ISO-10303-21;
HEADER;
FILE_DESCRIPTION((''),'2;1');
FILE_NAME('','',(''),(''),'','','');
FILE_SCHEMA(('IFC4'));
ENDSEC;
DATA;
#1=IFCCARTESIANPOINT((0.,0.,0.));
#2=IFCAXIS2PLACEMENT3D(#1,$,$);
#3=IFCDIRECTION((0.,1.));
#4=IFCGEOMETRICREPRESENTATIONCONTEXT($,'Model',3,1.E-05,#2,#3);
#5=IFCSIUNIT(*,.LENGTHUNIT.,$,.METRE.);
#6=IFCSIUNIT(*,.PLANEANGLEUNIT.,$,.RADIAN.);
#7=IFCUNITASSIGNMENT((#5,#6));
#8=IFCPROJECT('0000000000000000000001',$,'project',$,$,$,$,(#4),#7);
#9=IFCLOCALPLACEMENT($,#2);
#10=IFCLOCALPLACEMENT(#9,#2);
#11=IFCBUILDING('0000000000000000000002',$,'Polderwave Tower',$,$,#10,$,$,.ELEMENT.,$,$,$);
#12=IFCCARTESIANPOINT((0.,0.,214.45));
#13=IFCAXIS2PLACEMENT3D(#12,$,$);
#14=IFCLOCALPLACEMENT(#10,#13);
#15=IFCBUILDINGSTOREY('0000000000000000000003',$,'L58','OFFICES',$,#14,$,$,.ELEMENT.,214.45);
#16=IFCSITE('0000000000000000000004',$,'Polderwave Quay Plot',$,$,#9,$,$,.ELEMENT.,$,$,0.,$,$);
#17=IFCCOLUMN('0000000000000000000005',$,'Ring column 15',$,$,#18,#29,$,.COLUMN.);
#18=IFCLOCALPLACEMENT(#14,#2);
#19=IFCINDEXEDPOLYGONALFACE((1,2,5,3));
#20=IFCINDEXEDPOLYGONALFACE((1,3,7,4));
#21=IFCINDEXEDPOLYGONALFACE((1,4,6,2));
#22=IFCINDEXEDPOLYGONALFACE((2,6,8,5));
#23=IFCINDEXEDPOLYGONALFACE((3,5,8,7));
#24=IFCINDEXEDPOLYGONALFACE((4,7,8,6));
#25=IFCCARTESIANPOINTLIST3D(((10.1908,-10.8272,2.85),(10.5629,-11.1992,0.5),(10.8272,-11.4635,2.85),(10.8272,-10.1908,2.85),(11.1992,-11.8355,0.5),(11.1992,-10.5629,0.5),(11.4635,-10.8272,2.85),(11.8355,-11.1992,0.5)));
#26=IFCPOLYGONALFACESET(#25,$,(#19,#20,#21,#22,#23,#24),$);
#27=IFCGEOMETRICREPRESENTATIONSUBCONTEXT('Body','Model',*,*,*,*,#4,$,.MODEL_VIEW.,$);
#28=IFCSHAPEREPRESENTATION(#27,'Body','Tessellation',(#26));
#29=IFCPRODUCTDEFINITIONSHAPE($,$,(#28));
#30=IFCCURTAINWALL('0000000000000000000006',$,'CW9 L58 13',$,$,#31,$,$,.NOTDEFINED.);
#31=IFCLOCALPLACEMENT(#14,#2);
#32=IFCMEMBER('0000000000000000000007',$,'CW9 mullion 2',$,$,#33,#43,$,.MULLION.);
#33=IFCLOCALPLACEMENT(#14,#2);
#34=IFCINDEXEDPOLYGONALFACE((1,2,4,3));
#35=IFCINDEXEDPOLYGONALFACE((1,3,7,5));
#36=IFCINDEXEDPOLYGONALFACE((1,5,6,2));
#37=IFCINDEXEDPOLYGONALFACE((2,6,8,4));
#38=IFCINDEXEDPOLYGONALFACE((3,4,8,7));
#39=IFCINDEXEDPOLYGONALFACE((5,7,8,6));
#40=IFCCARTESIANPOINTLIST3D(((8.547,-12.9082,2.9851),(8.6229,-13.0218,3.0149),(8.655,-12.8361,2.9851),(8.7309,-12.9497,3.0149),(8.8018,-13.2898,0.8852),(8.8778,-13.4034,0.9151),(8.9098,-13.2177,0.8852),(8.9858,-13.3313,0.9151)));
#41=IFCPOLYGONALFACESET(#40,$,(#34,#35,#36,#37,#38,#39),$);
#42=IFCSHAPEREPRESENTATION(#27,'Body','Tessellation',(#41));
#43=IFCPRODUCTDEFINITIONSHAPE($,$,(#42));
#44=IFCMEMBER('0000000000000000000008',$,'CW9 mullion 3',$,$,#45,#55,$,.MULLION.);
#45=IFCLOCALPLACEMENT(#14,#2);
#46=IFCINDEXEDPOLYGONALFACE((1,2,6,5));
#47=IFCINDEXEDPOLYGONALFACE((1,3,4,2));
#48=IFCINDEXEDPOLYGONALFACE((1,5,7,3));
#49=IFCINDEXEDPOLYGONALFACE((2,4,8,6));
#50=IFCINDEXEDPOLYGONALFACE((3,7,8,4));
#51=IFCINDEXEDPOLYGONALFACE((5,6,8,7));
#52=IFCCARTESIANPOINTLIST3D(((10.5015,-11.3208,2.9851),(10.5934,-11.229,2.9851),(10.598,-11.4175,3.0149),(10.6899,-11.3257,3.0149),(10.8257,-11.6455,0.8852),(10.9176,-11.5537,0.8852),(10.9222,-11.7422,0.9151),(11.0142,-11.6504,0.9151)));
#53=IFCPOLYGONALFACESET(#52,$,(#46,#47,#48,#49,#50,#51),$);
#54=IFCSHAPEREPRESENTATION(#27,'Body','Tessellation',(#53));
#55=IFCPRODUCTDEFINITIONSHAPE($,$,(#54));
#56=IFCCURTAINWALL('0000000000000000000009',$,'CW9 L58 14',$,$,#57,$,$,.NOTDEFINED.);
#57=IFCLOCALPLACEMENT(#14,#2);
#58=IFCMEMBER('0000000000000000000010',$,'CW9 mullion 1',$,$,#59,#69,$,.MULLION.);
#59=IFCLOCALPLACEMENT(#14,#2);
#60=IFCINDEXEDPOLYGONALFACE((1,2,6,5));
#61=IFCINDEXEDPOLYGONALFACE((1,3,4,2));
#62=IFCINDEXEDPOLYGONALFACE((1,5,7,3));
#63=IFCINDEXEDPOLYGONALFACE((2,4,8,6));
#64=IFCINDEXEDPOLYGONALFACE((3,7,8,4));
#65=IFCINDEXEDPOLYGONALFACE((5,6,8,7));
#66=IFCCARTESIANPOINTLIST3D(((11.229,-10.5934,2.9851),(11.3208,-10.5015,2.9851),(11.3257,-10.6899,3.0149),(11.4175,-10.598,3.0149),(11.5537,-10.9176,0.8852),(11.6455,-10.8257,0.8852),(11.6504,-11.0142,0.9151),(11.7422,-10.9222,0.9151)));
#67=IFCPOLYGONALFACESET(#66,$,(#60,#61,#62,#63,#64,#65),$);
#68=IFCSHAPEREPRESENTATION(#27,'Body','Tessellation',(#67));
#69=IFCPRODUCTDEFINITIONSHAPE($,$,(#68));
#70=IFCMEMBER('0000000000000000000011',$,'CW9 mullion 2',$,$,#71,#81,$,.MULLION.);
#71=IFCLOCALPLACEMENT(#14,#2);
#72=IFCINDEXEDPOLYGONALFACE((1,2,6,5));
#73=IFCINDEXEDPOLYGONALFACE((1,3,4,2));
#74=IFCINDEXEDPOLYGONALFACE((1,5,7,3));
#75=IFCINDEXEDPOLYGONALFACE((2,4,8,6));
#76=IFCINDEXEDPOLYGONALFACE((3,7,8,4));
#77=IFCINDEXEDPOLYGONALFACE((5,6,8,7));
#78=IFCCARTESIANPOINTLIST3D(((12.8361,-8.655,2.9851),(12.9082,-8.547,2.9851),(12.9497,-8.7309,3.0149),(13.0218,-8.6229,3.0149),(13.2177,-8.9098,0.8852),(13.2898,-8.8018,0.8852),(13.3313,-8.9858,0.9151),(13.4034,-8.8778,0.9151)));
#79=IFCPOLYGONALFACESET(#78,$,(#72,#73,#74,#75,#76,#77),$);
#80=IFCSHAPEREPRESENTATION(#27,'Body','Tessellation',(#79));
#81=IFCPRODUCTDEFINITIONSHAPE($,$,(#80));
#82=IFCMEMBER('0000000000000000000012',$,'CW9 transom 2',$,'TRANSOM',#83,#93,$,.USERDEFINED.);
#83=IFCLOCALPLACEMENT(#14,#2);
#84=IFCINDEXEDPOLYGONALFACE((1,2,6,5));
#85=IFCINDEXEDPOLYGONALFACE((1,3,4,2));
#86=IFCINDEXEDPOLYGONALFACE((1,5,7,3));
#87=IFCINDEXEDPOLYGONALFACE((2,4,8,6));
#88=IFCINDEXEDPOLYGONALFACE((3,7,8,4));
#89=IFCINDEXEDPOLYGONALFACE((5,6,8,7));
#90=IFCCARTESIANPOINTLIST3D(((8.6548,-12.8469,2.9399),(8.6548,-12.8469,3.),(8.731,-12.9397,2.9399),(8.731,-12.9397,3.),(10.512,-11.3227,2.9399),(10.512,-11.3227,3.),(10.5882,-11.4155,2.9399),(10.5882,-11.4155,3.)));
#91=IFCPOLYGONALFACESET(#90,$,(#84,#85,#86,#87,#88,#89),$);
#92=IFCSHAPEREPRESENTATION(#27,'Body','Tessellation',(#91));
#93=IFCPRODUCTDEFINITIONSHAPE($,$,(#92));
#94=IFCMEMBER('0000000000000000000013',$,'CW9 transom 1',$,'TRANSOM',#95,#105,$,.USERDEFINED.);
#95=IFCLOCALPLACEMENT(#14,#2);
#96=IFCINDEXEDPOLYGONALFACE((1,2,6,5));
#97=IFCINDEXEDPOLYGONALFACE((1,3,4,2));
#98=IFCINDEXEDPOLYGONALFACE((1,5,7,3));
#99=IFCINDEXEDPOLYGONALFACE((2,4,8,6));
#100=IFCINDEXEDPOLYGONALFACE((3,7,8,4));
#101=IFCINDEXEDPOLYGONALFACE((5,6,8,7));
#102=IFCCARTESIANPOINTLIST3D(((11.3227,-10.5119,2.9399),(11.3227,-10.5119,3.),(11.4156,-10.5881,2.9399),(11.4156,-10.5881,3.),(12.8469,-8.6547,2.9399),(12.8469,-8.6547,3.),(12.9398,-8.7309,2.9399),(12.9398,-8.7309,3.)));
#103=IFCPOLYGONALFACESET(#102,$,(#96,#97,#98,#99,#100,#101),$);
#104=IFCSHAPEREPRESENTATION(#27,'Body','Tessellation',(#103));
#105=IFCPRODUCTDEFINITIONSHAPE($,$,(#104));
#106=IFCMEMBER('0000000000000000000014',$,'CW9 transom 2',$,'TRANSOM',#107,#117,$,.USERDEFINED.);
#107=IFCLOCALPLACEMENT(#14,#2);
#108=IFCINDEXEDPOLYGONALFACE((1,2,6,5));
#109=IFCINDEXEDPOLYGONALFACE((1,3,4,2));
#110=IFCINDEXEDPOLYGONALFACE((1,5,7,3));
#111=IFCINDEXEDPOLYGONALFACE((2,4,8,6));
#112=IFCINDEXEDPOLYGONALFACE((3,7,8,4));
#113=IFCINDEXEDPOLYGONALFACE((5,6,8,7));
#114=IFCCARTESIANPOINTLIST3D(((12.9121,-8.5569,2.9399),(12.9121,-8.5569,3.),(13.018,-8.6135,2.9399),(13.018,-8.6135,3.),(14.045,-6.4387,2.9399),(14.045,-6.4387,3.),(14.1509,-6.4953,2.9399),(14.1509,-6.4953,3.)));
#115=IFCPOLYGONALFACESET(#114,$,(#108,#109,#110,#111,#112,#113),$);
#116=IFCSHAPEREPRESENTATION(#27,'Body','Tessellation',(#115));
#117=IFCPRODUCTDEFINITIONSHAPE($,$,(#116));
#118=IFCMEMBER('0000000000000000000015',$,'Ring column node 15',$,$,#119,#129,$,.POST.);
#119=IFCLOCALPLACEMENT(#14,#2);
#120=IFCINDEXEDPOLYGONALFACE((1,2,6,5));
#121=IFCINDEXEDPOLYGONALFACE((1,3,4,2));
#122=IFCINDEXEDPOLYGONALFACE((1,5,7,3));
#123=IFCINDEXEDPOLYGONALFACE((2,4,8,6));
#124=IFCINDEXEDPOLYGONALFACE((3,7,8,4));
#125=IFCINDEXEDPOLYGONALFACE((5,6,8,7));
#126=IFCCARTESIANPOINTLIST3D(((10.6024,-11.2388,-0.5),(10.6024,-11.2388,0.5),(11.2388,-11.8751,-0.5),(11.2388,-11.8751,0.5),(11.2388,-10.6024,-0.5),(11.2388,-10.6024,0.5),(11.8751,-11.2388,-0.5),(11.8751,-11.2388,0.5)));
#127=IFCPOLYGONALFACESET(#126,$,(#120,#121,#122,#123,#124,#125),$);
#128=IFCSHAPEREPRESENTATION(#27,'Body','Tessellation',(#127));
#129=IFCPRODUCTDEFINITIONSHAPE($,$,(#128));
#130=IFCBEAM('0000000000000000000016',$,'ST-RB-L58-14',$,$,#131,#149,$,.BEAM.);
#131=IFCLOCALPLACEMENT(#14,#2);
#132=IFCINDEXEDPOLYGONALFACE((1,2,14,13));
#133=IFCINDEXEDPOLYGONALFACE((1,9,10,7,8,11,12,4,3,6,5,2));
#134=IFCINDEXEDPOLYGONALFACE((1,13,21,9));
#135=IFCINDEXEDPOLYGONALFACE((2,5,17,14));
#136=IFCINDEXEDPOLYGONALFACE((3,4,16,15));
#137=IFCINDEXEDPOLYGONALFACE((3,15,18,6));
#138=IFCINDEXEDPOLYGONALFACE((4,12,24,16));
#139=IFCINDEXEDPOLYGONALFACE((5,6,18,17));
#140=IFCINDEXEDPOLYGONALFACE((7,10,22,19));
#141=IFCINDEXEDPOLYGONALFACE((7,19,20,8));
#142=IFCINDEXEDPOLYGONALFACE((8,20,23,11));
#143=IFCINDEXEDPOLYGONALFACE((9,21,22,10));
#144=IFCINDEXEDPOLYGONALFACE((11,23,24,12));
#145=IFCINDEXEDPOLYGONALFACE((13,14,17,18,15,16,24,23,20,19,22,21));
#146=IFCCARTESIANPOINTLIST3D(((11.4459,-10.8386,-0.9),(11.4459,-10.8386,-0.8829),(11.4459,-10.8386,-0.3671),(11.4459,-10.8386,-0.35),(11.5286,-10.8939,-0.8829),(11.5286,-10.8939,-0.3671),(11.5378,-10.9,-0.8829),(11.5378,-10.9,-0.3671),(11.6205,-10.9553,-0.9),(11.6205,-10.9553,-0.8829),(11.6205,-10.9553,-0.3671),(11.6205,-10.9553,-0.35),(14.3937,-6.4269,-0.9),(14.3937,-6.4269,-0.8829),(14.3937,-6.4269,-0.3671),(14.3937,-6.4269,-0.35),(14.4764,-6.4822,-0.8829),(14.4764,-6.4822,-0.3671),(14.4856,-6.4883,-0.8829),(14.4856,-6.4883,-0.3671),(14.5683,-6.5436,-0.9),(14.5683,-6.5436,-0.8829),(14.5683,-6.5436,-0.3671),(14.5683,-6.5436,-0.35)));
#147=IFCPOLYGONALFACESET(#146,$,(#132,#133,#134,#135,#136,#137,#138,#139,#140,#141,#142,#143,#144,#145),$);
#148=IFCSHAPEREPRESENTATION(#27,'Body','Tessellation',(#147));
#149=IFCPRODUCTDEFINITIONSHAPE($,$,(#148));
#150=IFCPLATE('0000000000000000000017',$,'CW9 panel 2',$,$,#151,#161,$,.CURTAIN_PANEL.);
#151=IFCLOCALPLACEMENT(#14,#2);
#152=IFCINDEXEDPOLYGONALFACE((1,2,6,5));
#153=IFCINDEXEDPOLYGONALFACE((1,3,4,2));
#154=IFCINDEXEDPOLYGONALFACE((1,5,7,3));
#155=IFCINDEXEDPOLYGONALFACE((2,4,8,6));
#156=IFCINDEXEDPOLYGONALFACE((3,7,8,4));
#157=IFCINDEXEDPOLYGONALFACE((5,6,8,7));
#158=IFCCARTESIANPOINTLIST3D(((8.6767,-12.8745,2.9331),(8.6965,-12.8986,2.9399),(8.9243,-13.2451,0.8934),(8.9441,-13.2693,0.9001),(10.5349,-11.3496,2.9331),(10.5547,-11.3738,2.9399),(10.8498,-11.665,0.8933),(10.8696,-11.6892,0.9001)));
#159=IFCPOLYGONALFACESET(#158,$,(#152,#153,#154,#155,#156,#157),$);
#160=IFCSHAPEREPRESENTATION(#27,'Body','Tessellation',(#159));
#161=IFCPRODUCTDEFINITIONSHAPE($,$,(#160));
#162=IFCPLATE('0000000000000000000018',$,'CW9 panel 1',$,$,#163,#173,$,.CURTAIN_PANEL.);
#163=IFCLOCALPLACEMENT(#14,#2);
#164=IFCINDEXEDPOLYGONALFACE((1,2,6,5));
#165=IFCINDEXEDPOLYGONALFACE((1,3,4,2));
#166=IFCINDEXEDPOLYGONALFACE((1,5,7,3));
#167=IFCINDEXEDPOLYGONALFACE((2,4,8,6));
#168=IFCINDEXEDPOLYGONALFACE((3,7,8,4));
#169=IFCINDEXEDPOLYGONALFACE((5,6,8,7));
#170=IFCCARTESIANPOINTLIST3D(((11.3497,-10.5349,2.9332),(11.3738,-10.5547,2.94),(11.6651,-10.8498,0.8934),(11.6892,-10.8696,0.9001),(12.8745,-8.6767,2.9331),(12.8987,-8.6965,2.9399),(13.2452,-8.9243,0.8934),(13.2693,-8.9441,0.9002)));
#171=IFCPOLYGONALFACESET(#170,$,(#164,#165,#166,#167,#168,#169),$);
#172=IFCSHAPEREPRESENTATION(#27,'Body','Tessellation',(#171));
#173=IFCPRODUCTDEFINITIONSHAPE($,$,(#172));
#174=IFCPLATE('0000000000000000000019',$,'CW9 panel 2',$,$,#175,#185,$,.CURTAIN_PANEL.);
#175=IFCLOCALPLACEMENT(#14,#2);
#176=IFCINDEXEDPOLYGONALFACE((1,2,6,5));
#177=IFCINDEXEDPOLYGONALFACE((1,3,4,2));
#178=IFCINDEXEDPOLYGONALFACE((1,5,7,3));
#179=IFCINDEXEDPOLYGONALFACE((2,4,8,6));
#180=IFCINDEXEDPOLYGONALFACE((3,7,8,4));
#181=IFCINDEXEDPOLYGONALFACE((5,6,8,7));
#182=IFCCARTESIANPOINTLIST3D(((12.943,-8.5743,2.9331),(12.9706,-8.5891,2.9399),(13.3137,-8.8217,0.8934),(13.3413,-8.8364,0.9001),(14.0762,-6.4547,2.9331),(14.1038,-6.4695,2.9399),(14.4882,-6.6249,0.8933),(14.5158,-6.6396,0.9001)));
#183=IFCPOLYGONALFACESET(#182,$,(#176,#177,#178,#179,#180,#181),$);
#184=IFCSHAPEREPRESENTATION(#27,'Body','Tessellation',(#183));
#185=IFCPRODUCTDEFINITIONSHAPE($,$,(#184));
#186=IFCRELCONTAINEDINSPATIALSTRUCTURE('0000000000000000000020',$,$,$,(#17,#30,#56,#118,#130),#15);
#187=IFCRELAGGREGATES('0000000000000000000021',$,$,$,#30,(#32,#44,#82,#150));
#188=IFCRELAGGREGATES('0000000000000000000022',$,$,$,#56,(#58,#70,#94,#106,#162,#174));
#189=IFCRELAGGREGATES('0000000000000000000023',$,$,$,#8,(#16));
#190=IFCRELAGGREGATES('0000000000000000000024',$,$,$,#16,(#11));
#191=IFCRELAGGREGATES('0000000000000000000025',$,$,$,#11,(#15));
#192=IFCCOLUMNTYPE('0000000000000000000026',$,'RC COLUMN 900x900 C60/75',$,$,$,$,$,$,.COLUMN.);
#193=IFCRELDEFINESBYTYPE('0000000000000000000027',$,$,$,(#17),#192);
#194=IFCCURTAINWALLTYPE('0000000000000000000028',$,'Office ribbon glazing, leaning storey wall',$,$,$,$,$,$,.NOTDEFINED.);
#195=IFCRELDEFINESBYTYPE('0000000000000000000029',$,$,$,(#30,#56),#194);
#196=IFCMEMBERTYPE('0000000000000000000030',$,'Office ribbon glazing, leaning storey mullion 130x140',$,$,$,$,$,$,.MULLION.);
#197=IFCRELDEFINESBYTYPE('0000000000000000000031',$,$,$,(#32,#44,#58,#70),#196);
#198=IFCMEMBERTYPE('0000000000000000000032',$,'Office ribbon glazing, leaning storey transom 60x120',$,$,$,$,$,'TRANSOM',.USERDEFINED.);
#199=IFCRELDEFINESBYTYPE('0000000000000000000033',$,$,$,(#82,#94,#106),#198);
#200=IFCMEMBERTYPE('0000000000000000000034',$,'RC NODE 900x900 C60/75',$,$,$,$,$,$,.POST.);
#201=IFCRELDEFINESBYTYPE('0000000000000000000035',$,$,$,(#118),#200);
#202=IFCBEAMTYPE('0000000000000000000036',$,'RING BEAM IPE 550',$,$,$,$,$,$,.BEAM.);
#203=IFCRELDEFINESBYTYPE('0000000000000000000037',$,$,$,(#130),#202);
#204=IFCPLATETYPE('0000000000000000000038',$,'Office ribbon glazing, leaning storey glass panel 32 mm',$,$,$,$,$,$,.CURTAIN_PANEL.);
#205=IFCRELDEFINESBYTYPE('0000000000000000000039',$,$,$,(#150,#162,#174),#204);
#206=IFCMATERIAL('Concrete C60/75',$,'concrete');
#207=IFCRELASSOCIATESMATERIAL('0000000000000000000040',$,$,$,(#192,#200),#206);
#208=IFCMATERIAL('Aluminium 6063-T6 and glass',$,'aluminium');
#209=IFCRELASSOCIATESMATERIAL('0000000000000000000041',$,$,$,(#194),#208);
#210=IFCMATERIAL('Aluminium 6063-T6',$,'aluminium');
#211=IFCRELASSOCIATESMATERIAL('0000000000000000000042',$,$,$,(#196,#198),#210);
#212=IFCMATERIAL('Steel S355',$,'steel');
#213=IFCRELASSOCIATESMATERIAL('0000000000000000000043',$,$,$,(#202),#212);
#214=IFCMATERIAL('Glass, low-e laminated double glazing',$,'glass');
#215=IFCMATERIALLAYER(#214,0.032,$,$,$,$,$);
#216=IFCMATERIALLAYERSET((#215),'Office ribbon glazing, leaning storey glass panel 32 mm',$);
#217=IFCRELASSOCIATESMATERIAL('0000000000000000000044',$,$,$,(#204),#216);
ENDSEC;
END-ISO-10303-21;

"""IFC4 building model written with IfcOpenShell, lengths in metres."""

from ifc_helpers import new_model, si_unit, direction, frame, origin, origin_2d, place, context, subcontext, project, spatial, polyline, rectangle, i_section, outline, extrude, material, layer, layer_set, material_profile, profile_set, type_object, element, aggregate, save


model = new_model("IFC4")

# Units and contexts
model_context = context("Model", 3, precision=1e-05, world=origin(), true_north=direction((0.0, 1.0)))
body_context = subcontext(model_context, "Body", "Model", "MODEL_VIEW")
ifc_project = project(units=[si_unit("LENGTHUNIT", "METRE"), si_unit("PLANEANGLEUNIT", "RADIAN")], contexts=[model_context])

# Site, building, storey
site_placement = place(None, origin())
site = spatial("IfcSite", under=ifc_project, at=site_placement, Name="Polderwave Quay Plot", CompositionType="ELEMENT", RefElevation=0.0)
building_placement = place(site_placement, origin())
building = spatial("IfcBuilding", under=site, at=building_placement, Name="Polderwave Tower", CompositionType="ELEMENT")
storey_placement = place(building_placement, frame((0.0, 0.0, 214.45)))
storey = spatial("IfcBuildingStorey", under=building, at=storey_placement, Name="L58", Description="OFFICES", CompositionType="ELEMENT", Elevation=214.45)

# Column
ifc_material_1 = material(Name="Concrete C60/75", Category="concrete")
ifc_material_profile_1 = material_profile(ifc_material_1, rectangle(XDim=0.8999, YDim=0.8999, at=origin_2d()), Name="RC 900x900")
ifc_profile_set_1 = profile_set([ifc_material_profile_1], Name="Concrete C60/75")
column_type = type_object("IfcColumnType", Name="RC COLUMN 900x900 C60/75", PredefinedType="COLUMN", material=ifc_profile_set_1)
column_placement = place(storey_placement, frame((11.1992, -11.1992, 0.5), z_axis=(0.0, 0.0, 1.0), x_axis=(-0.707107, -0.707107, 0.0)))
element("IfcColumn", 1, at=column_placement, inside=storey, type_object=column_type, Name="Ring column 15", PredefinedType="COLUMN", context=body_context, shape_type="SweptSolid", body=[
    extrude(rectangle(XDim=0.8999, YDim=0.8999, at=origin_2d()), origin(), (0.0, -0.21849, 0.975839), 2.4082),
])

# Curtain walls, members
ifc_material_2 = material(Name="Aluminium 6063-T6 and glass", Category="aluminium")
curtain_wall_type = type_object("IfcCurtainWallType", Name="Office ribbon glazing, leaning storey wall", PredefinedType="NOTDEFINED", material=ifc_material_2)
curtain_wall_1_placement = place(storey_placement, origin())
curtain_wall_1 = element("IfcCurtainWall", 2, at=curtain_wall_1_placement, inside=storey, type_object=curtain_wall_type, Name="CW9 L58 13", PredefinedType="NOTDEFINED")
ifc_material_3 = material(Name="Aluminium 6063-T6", Category="aluminium")
ifc_material_profile_2 = material_profile(ifc_material_3, rectangle(XDim=0.1299, YDim=0.1399, at=origin_2d()), Name="AL 130x140")
ifc_profile_set_2 = profile_set([ifc_material_profile_2], Name="Aluminium 6063-T6")
member_type_1 = type_object("IfcMemberType", Name="Office ribbon glazing, leaning storey mullion 130x140", PredefinedType="MULLION", material=ifc_profile_set_2)
member_1_placement = place(storey_placement, frame((8.8938, -13.3105, 0.9001), z_axis=(-0.118583, 0.177533, 0.976944), x_axis=(-0.831559, -0.555437, 0.0)))
member_1 = element("IfcMember", 3, at=member_1_placement, type_object=member_type_1, Name="CW9 mullion 2", PredefinedType="MULLION", context=body_context, shape_type="SweptSolid", body=[
    extrude(rectangle(XDim=0.1299, YDim=0.1399, at=origin_2d()), origin(), (0.0, 0.0, 1.0), 2.1494),
])
member_2_placement = place(storey_placement, frame((10.9199, -11.6479, 0.9001), z_axis=(-0.150841, 0.151068, 0.976947), x_axis=(-0.707639, -0.706575, 0.0)))
member_2 = element("IfcMember", 4, at=member_2_placement, type_object=member_type_1, Name="CW9 mullion 3", PredefinedType="MULLION", context=body_context, shape_type="SweptSolid", body=[
    extrude(rectangle(XDim=0.1299, YDim=0.1399, at=origin_2d()), origin(), (0.0, 0.0, 1.0), 2.1494),
])
curtain_wall_2_placement = place(storey_placement, origin())
curtain_wall_2 = element("IfcCurtainWall", 5, at=curtain_wall_2_placement, inside=storey, type_object=curtain_wall_type, Name="CW9 L58 14", PredefinedType="NOTDEFINED")
member_3_placement = place(storey_placement, frame((11.6479, -10.9199, 0.9001), z_axis=(-0.151068, 0.150841, 0.976947), x_axis=(-0.706575, -0.707639, 0.0)))
member_3 = element("IfcMember", 6, at=member_3_placement, type_object=member_type_1, Name="CW9 mullion 1", PredefinedType="MULLION", context=body_context, shape_type="SweptSolid", body=[
    extrude(rectangle(XDim=0.1299, YDim=0.1399, at=origin_2d()), origin(), (0.0, 0.0, 1.0), 2.1494),
])
member_4_placement = place(storey_placement, frame((13.3105, -8.8938, 0.9001), z_axis=(-0.177533, 0.118583, 0.976944), x_axis=(-0.555437, -0.831559, 0.0)))
member_4 = element("IfcMember", 7, at=member_4_placement, type_object=member_type_1, Name="CW9 mullion 2", PredefinedType="MULLION", context=body_context, shape_type="SweptSolid", body=[
    extrude(rectangle(XDim=0.1299, YDim=0.1399, at=origin_2d()), origin(), (0.0, 0.0, 1.0), 2.1494),
])

# Members
ifc_material_profile_3 = material_profile(ifc_material_3, rectangle(XDim=0.1201, YDim=0.0601, at=origin_2d()), Name="AL 60x120")
ifc_profile_set_3 = profile_set([ifc_material_profile_3], Name="Aluminium 6063-T6")
member_type_2 = type_object("IfcMemberType", Name="Office ribbon glazing, leaning storey transom 60x120", ElementType="TRANSOM", PredefinedType="USERDEFINED", material=ifc_profile_set_3)
member_5_placement = place(storey_placement, frame((8.6929, -12.8933, 2.97), z_axis=(0.773006, 0.634399, 0.0), x_axis=(-0.634399, 0.773006, 0.0)))
member_5 = element("IfcMember", 8, at=member_5_placement, type_object=member_type_2, Name="CW9 transom 2", ObjectType="TRANSOM", PredefinedType="USERDEFINED", context=body_context, shape_type="SweptSolid", body=[
    extrude(rectangle(XDim=0.1201, YDim=0.0601, at=origin_2d()), origin(), (0.0, 0.0, 1.0), 2.4026),
])
member_6_placement = place(storey_placement, frame((11.3691, -10.55, 2.97), z_axis=(0.634399, 0.773006, 0.0), x_axis=(-0.773006, 0.634399, 0.0)))
member_6 = element("IfcMember", 9, at=member_6_placement, type_object=member_type_2, Name="CW9 transom 1", ObjectType="TRANSOM", PredefinedType="USERDEFINED", context=body_context, shape_type="SweptSolid", body=[
    extrude(rectangle(XDim=0.1201, YDim=0.0601, at=origin_2d()), origin(), (0.0, 0.0, 1.0), 2.4026),
])
member_7_placement = place(storey_placement, frame((12.9651, -8.5852, 2.97), z_axis=(0.471601, 0.881812, 0.0), x_axis=(-0.881812, 0.471601, 0.0)))
member_7 = element("IfcMember", 10, at=member_7_placement, type_object=member_type_2, Name="CW9 transom 2", ObjectType="TRANSOM", PredefinedType="USERDEFINED", context=body_context, shape_type="SweptSolid", body=[
    extrude(rectangle(XDim=0.1201, YDim=0.0601, at=origin_2d()), origin(), (0.0, 0.0, 1.0), 2.4021),
])
ifc_material_profile_4 = material_profile(ifc_material_1, rectangle(XDim=0.8999, YDim=0.8999, at=origin_2d()), Name="RC 900x900")
ifc_profile_set_4 = profile_set([ifc_material_profile_4], Name="Concrete C60/75")
member_type_3 = type_object("IfcMemberType", Name="RC NODE 900x900 C60/75", PredefinedType="POST", material=ifc_profile_set_4)
member_8_placement = place(storey_placement, frame((11.2388, -11.2388, -0.5), z_axis=(0.0, 0.0, 1.0), x_axis=(0.707107, -0.707107, 0.0)))
element("IfcMember", 11, at=member_8_placement, inside=storey, type_object=member_type_3, Name="Ring column node 15", PredefinedType="POST", context=body_context, shape_type="SweptSolid", body=[
    extrude(rectangle(XDim=0.8999, YDim=0.8999, at=origin_2d()), origin(), (0.0, 0.0, 1.0), 1.0),
])

# Beam
ifc_material_4 = material(Name="Steel S355", Category="steel")
ifc_material_profile_5 = material_profile(ifc_material_4, i_section(OverallWidth=0.21, OverallDepth=0.55, WebThickness=0.011, FlangeThickness=0.0171, at=origin_2d()), Name="IPE 550")
ifc_profile_set_5 = profile_set([ifc_material_profile_5], Name="Steel S355")
beam_type = type_object("IfcBeamType", Name="RING BEAM IPE 550", PredefinedType="BEAM", material=ifc_profile_set_5)
beam_placement = place(storey_placement, frame((11.5332, -10.897, -0.625), z_axis=(0.555571, 0.831469, 0.0), x_axis=(-0.831469, 0.555571, 0.0)))
element("IfcBeam", 12, at=beam_placement, inside=storey, type_object=beam_type, Name="ST-RB-L58-14", PredefinedType="BEAM", context=body_context, shape_type="SweptSolid", body=[
    extrude(i_section(OverallWidth=0.21, OverallDepth=0.55, WebThickness=0.011, FlangeThickness=0.0171, at=origin_2d()), origin(), (0.0, 0.0, 1.0), 5.3059),
])

# Plates
ifc_material_5 = material(Name="Glass, low-e laminated double glazing", Category="glass")
ifc_layer_1 = layer(ifc_material_5, 0.032)
ifc_layer_set_1 = layer_set([ifc_layer_1], Name="Office ribbon glazing, leaning storey glass panel 32 mm")
plate_type = type_object("IfcPlateType", Name="Office ribbon glazing, leaning storey glass panel 32 mm", PredefinedType="CURTAIN_PANEL", material=ifc_layer_set_1)
plate_1_placement = place(storey_placement, frame((8.9441, -13.2693, 0.9001), z_axis=(0.619879, -0.755377, 0.212496), x_axis=(0.773033, 0.634366, -0.000004)))
plate_1 = element("IfcPlate", 13, at=plate_1_placement, type_object=plate_type, Name="CW9 panel 2", PredefinedType="CURTAIN_PANEL", context=body_context, shape_type="SweptSolid", body=[
    extrude(outline(polyline([(0.0, 0.0), (2.4909, 0.0), (2.4475, 2.0875), (0.0437, 2.0875), (0.0, 0.0)])), origin(), (0.0, 0.0, -1.0), 0.032),
])
aggregate(curtain_wall_1, [member_1, member_2, member_5, plate_1])
plate_2_placement = place(storey_placement, frame((11.6892, -10.8696, 0.9001), z_axis=(0.755377, -0.619879, 0.212496), x_axis=(0.634366, 0.773033, 0.000004)))
plate_2 = element("IfcPlate", 14, at=plate_2_placement, type_object=plate_type, Name="CW9 panel 1", PredefinedType="CURTAIN_PANEL", context=body_context, shape_type="SweptSolid", body=[
    extrude(outline(polyline([(0.0, 0.0), (2.4909, 0.0), (2.4471, 2.0875), (0.0434, 2.0875), (0.0, 0.0)])), origin(), (0.0, 0.0, -1.0), 0.032),
])
plate_3_placement = place(storey_placement, frame((13.3413, -8.8364, 0.9001), z_axis=(0.861745, -0.460702, 0.212481), x_axis=(0.47147, 0.881882, -0.00001)))
plate_3 = element("IfcPlate", 15, at=plate_3_placement, type_object=plate_type, Name="CW9 panel 2", PredefinedType="CURTAIN_PANEL", context=body_context, shape_type="SweptSolid", body=[
    extrude(outline(polyline([(0.0, 0.0), (2.4911, 0.0), (2.4468, 2.0875), (0.0434, 2.0874), (0.0, 0.0)])), origin(), (0.0, 0.0, -1.0), 0.032),
])
aggregate(curtain_wall_2, [member_3, member_4, member_6, member_7, plate_2, plate_3])

save(model, "model.ifc")
